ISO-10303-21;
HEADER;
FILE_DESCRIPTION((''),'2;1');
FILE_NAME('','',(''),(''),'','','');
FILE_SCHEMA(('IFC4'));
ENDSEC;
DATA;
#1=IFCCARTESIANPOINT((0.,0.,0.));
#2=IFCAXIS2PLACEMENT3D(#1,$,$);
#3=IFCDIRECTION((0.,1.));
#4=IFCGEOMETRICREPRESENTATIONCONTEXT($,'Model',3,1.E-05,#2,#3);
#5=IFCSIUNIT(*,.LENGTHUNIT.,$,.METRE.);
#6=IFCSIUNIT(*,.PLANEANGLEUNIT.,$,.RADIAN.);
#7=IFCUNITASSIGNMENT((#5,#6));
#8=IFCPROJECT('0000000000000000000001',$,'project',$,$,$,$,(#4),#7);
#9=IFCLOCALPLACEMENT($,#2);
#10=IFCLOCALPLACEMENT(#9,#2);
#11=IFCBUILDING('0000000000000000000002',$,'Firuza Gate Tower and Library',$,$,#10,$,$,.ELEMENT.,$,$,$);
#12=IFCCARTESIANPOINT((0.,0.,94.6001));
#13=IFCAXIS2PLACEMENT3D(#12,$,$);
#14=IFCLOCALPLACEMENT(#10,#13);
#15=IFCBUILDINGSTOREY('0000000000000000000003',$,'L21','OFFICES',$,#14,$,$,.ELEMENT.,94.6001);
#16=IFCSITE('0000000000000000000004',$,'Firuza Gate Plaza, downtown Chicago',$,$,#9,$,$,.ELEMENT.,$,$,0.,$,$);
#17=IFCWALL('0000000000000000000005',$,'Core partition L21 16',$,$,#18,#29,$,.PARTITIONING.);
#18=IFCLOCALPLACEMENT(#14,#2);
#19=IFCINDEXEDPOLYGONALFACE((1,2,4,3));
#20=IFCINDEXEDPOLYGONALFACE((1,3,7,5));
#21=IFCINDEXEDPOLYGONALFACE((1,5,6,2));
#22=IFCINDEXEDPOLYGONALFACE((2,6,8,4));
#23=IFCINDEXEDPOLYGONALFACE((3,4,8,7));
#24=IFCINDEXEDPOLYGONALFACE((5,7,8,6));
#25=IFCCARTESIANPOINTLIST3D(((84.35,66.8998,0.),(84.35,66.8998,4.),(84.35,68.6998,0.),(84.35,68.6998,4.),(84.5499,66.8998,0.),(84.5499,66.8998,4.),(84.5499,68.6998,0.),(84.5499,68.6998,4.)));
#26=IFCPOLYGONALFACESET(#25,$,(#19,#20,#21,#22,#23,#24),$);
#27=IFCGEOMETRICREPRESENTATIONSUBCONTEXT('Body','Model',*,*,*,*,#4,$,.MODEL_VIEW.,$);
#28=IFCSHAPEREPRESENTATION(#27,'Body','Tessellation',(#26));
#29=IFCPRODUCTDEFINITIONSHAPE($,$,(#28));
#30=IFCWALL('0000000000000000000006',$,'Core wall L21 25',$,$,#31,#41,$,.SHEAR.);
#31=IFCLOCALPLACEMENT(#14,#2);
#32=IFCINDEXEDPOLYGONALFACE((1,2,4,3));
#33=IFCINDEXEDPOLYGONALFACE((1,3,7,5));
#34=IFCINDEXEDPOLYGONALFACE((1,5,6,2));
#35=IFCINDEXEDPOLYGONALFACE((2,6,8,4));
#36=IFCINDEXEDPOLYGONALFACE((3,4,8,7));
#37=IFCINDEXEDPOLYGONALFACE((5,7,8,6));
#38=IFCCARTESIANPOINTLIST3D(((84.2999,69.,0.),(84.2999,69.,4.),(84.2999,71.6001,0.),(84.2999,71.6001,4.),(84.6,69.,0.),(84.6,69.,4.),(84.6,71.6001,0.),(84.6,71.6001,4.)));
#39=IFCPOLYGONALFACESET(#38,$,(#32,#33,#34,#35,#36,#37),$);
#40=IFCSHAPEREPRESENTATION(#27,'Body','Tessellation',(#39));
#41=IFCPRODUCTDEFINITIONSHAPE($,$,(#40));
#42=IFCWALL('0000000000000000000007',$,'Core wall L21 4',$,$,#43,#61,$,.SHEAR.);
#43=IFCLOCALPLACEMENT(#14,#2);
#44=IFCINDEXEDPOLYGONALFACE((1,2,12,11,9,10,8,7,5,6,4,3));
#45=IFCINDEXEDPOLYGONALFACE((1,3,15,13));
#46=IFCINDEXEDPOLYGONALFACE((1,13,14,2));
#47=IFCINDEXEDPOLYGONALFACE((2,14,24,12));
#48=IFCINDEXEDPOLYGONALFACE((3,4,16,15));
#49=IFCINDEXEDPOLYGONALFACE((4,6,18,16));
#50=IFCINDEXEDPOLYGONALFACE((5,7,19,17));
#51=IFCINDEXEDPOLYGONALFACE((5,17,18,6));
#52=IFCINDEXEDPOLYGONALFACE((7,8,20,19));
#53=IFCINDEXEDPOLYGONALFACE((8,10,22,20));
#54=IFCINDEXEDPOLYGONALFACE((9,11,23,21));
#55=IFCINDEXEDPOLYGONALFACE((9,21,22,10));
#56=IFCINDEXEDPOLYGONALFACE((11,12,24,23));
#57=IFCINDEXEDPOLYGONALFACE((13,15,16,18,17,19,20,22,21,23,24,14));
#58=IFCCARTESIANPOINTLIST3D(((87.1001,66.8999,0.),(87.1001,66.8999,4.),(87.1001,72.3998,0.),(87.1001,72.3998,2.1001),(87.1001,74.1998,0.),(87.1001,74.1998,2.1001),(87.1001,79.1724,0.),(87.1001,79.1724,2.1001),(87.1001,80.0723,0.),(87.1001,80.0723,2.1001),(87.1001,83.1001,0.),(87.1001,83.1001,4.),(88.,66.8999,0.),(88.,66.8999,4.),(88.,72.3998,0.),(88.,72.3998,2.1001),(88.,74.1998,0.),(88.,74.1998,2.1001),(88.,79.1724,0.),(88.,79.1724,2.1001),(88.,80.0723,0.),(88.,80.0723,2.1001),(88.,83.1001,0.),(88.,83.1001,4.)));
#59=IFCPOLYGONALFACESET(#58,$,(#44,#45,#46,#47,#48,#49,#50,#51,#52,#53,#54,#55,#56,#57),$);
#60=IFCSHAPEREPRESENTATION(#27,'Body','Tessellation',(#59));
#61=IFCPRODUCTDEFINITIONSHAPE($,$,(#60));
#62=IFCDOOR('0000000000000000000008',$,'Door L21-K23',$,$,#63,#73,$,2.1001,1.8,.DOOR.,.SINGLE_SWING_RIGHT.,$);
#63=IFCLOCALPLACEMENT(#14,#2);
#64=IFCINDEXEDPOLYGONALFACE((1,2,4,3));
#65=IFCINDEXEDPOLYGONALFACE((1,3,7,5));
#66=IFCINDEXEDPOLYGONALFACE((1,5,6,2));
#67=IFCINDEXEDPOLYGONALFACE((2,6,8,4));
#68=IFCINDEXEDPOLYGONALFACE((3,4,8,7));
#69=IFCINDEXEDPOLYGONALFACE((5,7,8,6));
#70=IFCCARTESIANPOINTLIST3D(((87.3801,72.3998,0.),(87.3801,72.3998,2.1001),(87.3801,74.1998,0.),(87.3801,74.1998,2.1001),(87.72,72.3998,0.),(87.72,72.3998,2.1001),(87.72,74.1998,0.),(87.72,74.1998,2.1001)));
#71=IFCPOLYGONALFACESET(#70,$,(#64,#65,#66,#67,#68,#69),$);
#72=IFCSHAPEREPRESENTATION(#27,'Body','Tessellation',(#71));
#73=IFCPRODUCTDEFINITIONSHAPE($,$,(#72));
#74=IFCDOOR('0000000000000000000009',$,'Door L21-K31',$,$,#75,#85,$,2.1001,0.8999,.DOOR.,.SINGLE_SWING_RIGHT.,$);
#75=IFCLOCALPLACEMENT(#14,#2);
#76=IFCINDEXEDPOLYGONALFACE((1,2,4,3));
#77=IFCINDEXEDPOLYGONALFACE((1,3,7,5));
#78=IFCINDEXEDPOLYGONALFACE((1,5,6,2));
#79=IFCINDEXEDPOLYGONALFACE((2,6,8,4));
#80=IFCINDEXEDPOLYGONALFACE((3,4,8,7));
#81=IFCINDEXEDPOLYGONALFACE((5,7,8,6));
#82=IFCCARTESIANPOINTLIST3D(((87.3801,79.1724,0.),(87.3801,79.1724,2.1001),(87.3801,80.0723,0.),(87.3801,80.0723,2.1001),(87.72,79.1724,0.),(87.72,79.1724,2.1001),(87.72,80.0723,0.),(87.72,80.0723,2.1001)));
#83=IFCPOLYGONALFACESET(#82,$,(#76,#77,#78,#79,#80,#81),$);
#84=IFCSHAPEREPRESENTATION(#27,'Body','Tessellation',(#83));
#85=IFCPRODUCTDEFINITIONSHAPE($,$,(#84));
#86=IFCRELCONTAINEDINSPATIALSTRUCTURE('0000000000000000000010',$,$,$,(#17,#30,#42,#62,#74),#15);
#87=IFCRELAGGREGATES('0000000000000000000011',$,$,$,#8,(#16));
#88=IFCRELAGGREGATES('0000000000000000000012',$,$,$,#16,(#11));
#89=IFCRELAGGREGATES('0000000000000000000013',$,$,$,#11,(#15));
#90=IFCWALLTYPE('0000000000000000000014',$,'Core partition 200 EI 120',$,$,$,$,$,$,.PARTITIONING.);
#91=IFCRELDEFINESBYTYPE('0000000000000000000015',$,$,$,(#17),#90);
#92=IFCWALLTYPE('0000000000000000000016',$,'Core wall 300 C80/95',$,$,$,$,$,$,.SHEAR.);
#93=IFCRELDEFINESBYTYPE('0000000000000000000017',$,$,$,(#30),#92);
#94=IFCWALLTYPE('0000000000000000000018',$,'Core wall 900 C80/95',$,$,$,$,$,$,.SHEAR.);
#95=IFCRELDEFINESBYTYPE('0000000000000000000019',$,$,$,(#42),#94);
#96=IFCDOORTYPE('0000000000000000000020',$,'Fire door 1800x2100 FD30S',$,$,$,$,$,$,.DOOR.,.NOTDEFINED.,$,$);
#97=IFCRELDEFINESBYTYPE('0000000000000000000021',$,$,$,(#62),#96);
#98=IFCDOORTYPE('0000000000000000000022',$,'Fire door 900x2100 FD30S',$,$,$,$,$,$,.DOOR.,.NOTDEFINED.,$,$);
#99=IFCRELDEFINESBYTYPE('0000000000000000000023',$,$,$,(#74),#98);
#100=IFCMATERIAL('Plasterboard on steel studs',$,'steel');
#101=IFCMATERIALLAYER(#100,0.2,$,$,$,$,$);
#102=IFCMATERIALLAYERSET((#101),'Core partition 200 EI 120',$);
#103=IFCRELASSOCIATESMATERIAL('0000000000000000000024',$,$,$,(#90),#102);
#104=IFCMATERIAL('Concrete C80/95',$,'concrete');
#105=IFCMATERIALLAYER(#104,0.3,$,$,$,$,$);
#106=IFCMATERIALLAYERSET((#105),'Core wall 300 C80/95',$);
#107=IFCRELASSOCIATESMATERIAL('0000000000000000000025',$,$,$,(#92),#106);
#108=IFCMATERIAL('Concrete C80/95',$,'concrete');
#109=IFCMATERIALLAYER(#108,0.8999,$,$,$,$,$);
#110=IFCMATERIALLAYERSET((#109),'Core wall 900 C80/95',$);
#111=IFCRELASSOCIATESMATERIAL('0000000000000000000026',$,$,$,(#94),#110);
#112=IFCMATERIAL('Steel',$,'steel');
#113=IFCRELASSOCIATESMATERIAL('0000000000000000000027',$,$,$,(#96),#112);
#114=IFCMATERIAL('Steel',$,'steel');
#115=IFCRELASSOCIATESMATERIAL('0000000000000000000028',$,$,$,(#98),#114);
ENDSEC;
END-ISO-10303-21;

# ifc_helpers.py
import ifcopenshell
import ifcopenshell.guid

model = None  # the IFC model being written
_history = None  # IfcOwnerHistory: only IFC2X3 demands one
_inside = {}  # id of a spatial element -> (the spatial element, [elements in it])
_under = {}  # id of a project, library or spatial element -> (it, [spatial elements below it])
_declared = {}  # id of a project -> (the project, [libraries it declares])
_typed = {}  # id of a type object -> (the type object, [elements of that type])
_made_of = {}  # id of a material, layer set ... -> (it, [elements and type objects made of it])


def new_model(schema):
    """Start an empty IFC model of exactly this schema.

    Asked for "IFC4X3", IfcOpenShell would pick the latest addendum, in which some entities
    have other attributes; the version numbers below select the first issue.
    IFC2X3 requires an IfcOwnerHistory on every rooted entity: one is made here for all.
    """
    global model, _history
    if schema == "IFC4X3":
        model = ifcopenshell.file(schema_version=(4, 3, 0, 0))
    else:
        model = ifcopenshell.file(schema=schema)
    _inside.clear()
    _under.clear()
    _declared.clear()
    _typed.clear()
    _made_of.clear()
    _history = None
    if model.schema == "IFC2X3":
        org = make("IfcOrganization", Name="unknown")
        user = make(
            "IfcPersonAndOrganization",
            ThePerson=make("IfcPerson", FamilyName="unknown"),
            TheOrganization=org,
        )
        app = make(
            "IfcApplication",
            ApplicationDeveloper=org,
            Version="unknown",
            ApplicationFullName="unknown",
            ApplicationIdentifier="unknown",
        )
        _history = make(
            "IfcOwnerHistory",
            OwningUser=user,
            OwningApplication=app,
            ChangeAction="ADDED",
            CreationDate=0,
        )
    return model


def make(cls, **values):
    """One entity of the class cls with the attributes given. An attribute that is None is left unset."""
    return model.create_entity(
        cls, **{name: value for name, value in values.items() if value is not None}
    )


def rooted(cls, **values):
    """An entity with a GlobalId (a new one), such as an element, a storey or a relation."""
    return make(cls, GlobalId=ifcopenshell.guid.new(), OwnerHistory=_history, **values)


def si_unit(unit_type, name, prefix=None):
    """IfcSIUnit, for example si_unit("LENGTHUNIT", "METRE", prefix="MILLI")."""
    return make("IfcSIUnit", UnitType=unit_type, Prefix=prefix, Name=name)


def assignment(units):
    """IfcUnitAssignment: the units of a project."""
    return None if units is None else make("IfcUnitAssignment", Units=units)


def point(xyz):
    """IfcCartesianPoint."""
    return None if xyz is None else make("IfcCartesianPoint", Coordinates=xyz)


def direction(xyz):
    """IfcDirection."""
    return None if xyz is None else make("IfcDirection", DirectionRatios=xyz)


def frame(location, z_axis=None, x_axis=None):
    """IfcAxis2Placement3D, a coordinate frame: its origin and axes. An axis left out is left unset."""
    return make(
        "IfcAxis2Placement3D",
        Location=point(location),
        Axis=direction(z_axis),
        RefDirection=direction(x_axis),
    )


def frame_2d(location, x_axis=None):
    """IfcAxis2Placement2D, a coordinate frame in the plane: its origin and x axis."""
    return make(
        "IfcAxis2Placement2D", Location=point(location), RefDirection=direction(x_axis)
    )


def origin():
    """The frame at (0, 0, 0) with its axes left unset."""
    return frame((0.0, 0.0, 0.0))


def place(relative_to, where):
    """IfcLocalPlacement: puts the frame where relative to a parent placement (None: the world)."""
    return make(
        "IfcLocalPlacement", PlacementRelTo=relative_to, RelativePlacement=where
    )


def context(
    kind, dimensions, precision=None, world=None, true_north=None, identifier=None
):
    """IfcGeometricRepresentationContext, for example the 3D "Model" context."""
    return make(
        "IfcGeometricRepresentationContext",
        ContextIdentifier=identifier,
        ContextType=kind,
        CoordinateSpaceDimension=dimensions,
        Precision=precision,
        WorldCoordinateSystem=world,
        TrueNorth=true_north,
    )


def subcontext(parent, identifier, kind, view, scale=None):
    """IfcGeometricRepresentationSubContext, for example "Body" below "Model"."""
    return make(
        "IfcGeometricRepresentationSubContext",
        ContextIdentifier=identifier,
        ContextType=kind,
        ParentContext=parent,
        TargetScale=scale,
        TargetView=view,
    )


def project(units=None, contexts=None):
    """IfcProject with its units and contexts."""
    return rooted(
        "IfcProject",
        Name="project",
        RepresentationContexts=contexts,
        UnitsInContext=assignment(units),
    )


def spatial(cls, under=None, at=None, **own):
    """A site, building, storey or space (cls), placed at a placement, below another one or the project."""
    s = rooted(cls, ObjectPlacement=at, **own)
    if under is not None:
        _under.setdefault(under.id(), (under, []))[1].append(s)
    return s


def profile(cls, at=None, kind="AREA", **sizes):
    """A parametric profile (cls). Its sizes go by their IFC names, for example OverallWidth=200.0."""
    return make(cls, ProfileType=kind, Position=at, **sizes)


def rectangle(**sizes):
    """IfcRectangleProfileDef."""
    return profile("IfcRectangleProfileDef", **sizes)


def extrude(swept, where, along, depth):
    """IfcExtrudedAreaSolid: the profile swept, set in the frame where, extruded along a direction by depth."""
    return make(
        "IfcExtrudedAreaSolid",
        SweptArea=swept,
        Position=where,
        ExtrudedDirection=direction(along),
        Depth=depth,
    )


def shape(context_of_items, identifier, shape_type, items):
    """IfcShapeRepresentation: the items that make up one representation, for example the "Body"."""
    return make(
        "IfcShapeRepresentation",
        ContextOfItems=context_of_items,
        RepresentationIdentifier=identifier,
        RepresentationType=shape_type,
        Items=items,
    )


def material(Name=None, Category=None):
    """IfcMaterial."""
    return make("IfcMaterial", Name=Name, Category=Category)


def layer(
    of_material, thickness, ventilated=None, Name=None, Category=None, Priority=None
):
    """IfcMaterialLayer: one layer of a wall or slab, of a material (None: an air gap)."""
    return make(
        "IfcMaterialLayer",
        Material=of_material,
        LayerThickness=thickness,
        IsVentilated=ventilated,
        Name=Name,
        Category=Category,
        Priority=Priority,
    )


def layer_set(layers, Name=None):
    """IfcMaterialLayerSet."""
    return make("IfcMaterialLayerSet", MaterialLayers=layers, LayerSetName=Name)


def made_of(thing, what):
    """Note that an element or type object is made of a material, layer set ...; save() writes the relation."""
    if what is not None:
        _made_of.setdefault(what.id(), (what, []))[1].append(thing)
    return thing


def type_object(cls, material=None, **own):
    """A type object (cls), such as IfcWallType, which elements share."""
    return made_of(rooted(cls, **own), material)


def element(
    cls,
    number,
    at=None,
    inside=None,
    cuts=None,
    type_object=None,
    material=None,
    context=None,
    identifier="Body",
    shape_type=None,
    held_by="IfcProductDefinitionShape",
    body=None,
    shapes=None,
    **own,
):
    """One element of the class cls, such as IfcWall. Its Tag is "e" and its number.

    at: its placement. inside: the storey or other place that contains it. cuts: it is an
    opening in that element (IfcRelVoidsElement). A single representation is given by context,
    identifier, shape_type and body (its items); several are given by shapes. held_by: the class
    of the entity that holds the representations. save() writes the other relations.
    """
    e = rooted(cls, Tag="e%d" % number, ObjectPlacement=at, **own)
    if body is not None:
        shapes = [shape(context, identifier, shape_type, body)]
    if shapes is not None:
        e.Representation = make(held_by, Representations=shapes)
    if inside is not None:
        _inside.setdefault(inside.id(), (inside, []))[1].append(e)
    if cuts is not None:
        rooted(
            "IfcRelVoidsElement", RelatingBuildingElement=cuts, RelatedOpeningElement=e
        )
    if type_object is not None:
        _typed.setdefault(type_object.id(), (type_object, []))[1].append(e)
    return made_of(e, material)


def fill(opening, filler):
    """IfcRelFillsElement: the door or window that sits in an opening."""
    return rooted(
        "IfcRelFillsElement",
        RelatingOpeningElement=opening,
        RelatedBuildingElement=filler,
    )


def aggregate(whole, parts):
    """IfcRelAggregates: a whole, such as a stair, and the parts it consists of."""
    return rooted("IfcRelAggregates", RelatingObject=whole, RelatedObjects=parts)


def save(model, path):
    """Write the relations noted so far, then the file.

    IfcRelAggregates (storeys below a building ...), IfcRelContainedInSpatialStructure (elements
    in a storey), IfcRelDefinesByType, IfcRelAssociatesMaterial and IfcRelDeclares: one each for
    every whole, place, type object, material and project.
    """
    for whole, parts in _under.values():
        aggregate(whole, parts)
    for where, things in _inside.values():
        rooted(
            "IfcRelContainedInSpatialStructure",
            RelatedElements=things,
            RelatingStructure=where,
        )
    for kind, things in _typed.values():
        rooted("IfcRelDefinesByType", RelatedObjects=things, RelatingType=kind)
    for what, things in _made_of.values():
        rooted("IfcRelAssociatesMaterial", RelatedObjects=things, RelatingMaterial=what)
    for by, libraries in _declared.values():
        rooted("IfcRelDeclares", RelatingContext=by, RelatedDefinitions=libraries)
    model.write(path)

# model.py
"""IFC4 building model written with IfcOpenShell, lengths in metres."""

from ifc_helpers import new_model, si_unit, direction, frame, frame_2d, origin, place, context, subcontext, project, spatial, rectangle, extrude, material, layer, layer_set, type_object, element, fill, save


model = new_model("IFC4")

# Units and contexts
model_context = context("Model", 3, precision=1e-05, world=origin(), true_north=direction((0.0, 1.0)))
body_context = subcontext(model_context, "Body", "Model", "MODEL_VIEW")
ifc_project = project(units=[si_unit("LENGTHUNIT", "METRE"), si_unit("PLANEANGLEUNIT", "RADIAN")], contexts=[model_context])

# Site, building, storey
site_placement = place(None, origin())
site = spatial("IfcSite", under=ifc_project, at=site_placement, Name="Firuza Gate Plaza, downtown Chicago", CompositionType="ELEMENT", RefElevation=0.0)
building_placement = place(site_placement, origin())
building = spatial("IfcBuilding", under=site, at=building_placement, Name="Firuza Gate Tower and Library", CompositionType="ELEMENT")
storey_placement = place(building_placement, frame((0.0, 0.0, 94.6001)))
storey = spatial("IfcBuildingStorey", under=building, at=storey_placement, Name="L21", Description="OFFICES", CompositionType="ELEMENT", Elevation=94.6001)

# Walls
ifc_material_1 = material(Name="Plasterboard on steel studs", Category="steel")
ifc_layer_1 = layer(ifc_material_1, 0.2)
ifc_layer_set_1 = layer_set([ifc_layer_1], Name="Core partition 200 EI 120")
wall_type_1 = type_object("IfcWallType", Name="Core partition 200 EI 120", PredefinedType="PARTITIONING", material=ifc_layer_set_1)
wall_1_placement = place(storey_placement, frame((84.45, 66.8999, 0.0), z_axis=(0.0, 0.0, 1.0), x_axis=(0.0, 1.0, 0.0)))
element("IfcWall", 1, at=wall_1_placement, inside=storey, type_object=wall_type_1, Name="Core partition L21 16", PredefinedType="PARTITIONING", context=body_context, shape_type="SweptSolid", body=[
    extrude(rectangle(XDim=1.8, YDim=0.2, at=frame_2d((0.8999, 0.0))), origin(), (0.0, 0.0, 1.0), 4.0),
])
ifc_material_2 = material(Name="Concrete C80/95", Category="concrete")
ifc_layer_2 = layer(ifc_material_2, 0.3)
ifc_layer_set_2 = layer_set([ifc_layer_2], Name="Core wall 300 C80/95")
wall_type_2 = type_object("IfcWallType", Name="Core wall 300 C80/95", PredefinedType="SHEAR", material=ifc_layer_set_2)
wall_2_placement = place(storey_placement, frame((84.45, 69.0, 0.0), z_axis=(0.0, 0.0, 1.0), x_axis=(0.0, 1.0, 0.0)))
element("IfcWall", 2, at=wall_2_placement, inside=storey, type_object=wall_type_2, Name="Core wall L21 25", PredefinedType="SHEAR", context=body_context, shape_type="SweptSolid", body=[
    extrude(rectangle(XDim=2.6001, YDim=0.3, at=frame_2d((1.3, 0.0))), origin(), (0.0, 0.0, 1.0), 4.0),
])

# Wall, openings, doors
ifc_material_3 = material(Name="Concrete C80/95", Category="concrete")
ifc_layer_3 = layer(ifc_material_3, 0.8999)
ifc_layer_set_3 = layer_set([ifc_layer_3], Name="Core wall 900 C80/95")
wall_type_3 = type_object("IfcWallType", Name="Core wall 900 C80/95", PredefinedType="SHEAR", material=ifc_layer_set_3)
wall_3_placement = place(storey_placement, frame((87.55, 66.8999, 0.0), z_axis=(0.0, 0.0, 1.0), x_axis=(0.0, 1.0, 0.0)))
wall_3 = element("IfcWall", 3, at=wall_3_placement, inside=storey, type_object=wall_type_3, Name="Core wall L21 4", PredefinedType="SHEAR", context=body_context, shape_type="SweptSolid", body=[
    extrude(rectangle(XDim=16.2002, YDim=0.8999, at=frame_2d((8.1001, 0.0))), origin(), (0.0, 0.0, 1.0), 4.0),
])
opening_1_placement = place(wall_3_placement, frame((5.5, 0.0, 0.0)))
opening_1 = element("IfcOpeningElement", 4, at=opening_1_placement, cuts=wall_3, PredefinedType="OPENING", context=body_context, shape_type="SweptSolid", body=[
    extrude(rectangle(XDim=1.8, YDim=2.1001, at=frame_2d((0.8999, 1.05))), frame((0.0, 0.46, 0.0), z_axis=(0.0, -1.0, 0.0), x_axis=(1.0, 0.0, 0.0)), (0.0, 0.0, 1.0), 0.9199),
])
opening_2_placement = place(wall_3_placement, frame((12.2725, 0.0, 0.0)))
opening_2 = element("IfcOpeningElement", 5, at=opening_2_placement, cuts=wall_3, PredefinedType="OPENING", context=body_context, shape_type="SweptSolid", body=[
    extrude(rectangle(XDim=0.8999, YDim=2.1001, at=frame_2d((0.45, 1.05))), frame((0.0, 0.46, 0.0), z_axis=(0.0, -1.0, 0.0), x_axis=(1.0, 0.0, 0.0)), (0.0, 0.0, 1.0), 0.9199),
])
ifc_material_4 = material(Name="Steel", Category="steel")
door_type_1 = type_object("IfcDoorType", Name="Fire door 1800x2100 FD30S", OperationType="NOTDEFINED", PredefinedType="DOOR", material=ifc_material_4)
door_1_placement = place(opening_1_placement, origin())
door_1 = element("IfcDoor", 6, at=door_1_placement, inside=storey, type_object=door_type_1, Name="Door L21-K23", OperationType="SINGLE_SWING_RIGHT", OverallHeight=2.1001, OverallWidth=1.8, PredefinedType="DOOR", context=body_context, shape_type="SweptSolid", body=[
    extrude(rectangle(XDim=1.8, YDim=2.1001, at=frame_2d((0.8999, 1.05))), frame((0.0, 0.1699, 0.0), z_axis=(0.0, -1.0, 0.0), x_axis=(1.0, 0.0, 0.0)), (0.0, 0.0, 1.0), 0.3398),
])
fill(opening_1, door_1)
ifc_material_5 = material(Name="Steel", Category="steel")
door_type_2 = type_object("IfcDoorType", Name="Fire door 900x2100 FD30S", OperationType="NOTDEFINED", PredefinedType="DOOR", material=ifc_material_5)
door_2_placement = place(opening_2_placement, origin())
door_2 = element("IfcDoor", 7, at=door_2_placement, inside=storey, type_object=door_type_2, Name="Door L21-K31", OperationType="SINGLE_SWING_RIGHT", OverallHeight=2.1001, OverallWidth=0.8999, PredefinedType="DOOR", context=body_context, shape_type="SweptSolid", body=[
    extrude(rectangle(XDim=0.8999, YDim=2.1001, at=frame_2d((0.45, 1.05))), frame((0.0, 0.1699, 0.0), z_axis=(0.0, -1.0, 0.0), x_axis=(1.0, 0.0, 0.0)), (0.0, 0.0, 1.0), 0.3398),
])
fill(opening_2, door_2)

save(model, "model.ifc")
